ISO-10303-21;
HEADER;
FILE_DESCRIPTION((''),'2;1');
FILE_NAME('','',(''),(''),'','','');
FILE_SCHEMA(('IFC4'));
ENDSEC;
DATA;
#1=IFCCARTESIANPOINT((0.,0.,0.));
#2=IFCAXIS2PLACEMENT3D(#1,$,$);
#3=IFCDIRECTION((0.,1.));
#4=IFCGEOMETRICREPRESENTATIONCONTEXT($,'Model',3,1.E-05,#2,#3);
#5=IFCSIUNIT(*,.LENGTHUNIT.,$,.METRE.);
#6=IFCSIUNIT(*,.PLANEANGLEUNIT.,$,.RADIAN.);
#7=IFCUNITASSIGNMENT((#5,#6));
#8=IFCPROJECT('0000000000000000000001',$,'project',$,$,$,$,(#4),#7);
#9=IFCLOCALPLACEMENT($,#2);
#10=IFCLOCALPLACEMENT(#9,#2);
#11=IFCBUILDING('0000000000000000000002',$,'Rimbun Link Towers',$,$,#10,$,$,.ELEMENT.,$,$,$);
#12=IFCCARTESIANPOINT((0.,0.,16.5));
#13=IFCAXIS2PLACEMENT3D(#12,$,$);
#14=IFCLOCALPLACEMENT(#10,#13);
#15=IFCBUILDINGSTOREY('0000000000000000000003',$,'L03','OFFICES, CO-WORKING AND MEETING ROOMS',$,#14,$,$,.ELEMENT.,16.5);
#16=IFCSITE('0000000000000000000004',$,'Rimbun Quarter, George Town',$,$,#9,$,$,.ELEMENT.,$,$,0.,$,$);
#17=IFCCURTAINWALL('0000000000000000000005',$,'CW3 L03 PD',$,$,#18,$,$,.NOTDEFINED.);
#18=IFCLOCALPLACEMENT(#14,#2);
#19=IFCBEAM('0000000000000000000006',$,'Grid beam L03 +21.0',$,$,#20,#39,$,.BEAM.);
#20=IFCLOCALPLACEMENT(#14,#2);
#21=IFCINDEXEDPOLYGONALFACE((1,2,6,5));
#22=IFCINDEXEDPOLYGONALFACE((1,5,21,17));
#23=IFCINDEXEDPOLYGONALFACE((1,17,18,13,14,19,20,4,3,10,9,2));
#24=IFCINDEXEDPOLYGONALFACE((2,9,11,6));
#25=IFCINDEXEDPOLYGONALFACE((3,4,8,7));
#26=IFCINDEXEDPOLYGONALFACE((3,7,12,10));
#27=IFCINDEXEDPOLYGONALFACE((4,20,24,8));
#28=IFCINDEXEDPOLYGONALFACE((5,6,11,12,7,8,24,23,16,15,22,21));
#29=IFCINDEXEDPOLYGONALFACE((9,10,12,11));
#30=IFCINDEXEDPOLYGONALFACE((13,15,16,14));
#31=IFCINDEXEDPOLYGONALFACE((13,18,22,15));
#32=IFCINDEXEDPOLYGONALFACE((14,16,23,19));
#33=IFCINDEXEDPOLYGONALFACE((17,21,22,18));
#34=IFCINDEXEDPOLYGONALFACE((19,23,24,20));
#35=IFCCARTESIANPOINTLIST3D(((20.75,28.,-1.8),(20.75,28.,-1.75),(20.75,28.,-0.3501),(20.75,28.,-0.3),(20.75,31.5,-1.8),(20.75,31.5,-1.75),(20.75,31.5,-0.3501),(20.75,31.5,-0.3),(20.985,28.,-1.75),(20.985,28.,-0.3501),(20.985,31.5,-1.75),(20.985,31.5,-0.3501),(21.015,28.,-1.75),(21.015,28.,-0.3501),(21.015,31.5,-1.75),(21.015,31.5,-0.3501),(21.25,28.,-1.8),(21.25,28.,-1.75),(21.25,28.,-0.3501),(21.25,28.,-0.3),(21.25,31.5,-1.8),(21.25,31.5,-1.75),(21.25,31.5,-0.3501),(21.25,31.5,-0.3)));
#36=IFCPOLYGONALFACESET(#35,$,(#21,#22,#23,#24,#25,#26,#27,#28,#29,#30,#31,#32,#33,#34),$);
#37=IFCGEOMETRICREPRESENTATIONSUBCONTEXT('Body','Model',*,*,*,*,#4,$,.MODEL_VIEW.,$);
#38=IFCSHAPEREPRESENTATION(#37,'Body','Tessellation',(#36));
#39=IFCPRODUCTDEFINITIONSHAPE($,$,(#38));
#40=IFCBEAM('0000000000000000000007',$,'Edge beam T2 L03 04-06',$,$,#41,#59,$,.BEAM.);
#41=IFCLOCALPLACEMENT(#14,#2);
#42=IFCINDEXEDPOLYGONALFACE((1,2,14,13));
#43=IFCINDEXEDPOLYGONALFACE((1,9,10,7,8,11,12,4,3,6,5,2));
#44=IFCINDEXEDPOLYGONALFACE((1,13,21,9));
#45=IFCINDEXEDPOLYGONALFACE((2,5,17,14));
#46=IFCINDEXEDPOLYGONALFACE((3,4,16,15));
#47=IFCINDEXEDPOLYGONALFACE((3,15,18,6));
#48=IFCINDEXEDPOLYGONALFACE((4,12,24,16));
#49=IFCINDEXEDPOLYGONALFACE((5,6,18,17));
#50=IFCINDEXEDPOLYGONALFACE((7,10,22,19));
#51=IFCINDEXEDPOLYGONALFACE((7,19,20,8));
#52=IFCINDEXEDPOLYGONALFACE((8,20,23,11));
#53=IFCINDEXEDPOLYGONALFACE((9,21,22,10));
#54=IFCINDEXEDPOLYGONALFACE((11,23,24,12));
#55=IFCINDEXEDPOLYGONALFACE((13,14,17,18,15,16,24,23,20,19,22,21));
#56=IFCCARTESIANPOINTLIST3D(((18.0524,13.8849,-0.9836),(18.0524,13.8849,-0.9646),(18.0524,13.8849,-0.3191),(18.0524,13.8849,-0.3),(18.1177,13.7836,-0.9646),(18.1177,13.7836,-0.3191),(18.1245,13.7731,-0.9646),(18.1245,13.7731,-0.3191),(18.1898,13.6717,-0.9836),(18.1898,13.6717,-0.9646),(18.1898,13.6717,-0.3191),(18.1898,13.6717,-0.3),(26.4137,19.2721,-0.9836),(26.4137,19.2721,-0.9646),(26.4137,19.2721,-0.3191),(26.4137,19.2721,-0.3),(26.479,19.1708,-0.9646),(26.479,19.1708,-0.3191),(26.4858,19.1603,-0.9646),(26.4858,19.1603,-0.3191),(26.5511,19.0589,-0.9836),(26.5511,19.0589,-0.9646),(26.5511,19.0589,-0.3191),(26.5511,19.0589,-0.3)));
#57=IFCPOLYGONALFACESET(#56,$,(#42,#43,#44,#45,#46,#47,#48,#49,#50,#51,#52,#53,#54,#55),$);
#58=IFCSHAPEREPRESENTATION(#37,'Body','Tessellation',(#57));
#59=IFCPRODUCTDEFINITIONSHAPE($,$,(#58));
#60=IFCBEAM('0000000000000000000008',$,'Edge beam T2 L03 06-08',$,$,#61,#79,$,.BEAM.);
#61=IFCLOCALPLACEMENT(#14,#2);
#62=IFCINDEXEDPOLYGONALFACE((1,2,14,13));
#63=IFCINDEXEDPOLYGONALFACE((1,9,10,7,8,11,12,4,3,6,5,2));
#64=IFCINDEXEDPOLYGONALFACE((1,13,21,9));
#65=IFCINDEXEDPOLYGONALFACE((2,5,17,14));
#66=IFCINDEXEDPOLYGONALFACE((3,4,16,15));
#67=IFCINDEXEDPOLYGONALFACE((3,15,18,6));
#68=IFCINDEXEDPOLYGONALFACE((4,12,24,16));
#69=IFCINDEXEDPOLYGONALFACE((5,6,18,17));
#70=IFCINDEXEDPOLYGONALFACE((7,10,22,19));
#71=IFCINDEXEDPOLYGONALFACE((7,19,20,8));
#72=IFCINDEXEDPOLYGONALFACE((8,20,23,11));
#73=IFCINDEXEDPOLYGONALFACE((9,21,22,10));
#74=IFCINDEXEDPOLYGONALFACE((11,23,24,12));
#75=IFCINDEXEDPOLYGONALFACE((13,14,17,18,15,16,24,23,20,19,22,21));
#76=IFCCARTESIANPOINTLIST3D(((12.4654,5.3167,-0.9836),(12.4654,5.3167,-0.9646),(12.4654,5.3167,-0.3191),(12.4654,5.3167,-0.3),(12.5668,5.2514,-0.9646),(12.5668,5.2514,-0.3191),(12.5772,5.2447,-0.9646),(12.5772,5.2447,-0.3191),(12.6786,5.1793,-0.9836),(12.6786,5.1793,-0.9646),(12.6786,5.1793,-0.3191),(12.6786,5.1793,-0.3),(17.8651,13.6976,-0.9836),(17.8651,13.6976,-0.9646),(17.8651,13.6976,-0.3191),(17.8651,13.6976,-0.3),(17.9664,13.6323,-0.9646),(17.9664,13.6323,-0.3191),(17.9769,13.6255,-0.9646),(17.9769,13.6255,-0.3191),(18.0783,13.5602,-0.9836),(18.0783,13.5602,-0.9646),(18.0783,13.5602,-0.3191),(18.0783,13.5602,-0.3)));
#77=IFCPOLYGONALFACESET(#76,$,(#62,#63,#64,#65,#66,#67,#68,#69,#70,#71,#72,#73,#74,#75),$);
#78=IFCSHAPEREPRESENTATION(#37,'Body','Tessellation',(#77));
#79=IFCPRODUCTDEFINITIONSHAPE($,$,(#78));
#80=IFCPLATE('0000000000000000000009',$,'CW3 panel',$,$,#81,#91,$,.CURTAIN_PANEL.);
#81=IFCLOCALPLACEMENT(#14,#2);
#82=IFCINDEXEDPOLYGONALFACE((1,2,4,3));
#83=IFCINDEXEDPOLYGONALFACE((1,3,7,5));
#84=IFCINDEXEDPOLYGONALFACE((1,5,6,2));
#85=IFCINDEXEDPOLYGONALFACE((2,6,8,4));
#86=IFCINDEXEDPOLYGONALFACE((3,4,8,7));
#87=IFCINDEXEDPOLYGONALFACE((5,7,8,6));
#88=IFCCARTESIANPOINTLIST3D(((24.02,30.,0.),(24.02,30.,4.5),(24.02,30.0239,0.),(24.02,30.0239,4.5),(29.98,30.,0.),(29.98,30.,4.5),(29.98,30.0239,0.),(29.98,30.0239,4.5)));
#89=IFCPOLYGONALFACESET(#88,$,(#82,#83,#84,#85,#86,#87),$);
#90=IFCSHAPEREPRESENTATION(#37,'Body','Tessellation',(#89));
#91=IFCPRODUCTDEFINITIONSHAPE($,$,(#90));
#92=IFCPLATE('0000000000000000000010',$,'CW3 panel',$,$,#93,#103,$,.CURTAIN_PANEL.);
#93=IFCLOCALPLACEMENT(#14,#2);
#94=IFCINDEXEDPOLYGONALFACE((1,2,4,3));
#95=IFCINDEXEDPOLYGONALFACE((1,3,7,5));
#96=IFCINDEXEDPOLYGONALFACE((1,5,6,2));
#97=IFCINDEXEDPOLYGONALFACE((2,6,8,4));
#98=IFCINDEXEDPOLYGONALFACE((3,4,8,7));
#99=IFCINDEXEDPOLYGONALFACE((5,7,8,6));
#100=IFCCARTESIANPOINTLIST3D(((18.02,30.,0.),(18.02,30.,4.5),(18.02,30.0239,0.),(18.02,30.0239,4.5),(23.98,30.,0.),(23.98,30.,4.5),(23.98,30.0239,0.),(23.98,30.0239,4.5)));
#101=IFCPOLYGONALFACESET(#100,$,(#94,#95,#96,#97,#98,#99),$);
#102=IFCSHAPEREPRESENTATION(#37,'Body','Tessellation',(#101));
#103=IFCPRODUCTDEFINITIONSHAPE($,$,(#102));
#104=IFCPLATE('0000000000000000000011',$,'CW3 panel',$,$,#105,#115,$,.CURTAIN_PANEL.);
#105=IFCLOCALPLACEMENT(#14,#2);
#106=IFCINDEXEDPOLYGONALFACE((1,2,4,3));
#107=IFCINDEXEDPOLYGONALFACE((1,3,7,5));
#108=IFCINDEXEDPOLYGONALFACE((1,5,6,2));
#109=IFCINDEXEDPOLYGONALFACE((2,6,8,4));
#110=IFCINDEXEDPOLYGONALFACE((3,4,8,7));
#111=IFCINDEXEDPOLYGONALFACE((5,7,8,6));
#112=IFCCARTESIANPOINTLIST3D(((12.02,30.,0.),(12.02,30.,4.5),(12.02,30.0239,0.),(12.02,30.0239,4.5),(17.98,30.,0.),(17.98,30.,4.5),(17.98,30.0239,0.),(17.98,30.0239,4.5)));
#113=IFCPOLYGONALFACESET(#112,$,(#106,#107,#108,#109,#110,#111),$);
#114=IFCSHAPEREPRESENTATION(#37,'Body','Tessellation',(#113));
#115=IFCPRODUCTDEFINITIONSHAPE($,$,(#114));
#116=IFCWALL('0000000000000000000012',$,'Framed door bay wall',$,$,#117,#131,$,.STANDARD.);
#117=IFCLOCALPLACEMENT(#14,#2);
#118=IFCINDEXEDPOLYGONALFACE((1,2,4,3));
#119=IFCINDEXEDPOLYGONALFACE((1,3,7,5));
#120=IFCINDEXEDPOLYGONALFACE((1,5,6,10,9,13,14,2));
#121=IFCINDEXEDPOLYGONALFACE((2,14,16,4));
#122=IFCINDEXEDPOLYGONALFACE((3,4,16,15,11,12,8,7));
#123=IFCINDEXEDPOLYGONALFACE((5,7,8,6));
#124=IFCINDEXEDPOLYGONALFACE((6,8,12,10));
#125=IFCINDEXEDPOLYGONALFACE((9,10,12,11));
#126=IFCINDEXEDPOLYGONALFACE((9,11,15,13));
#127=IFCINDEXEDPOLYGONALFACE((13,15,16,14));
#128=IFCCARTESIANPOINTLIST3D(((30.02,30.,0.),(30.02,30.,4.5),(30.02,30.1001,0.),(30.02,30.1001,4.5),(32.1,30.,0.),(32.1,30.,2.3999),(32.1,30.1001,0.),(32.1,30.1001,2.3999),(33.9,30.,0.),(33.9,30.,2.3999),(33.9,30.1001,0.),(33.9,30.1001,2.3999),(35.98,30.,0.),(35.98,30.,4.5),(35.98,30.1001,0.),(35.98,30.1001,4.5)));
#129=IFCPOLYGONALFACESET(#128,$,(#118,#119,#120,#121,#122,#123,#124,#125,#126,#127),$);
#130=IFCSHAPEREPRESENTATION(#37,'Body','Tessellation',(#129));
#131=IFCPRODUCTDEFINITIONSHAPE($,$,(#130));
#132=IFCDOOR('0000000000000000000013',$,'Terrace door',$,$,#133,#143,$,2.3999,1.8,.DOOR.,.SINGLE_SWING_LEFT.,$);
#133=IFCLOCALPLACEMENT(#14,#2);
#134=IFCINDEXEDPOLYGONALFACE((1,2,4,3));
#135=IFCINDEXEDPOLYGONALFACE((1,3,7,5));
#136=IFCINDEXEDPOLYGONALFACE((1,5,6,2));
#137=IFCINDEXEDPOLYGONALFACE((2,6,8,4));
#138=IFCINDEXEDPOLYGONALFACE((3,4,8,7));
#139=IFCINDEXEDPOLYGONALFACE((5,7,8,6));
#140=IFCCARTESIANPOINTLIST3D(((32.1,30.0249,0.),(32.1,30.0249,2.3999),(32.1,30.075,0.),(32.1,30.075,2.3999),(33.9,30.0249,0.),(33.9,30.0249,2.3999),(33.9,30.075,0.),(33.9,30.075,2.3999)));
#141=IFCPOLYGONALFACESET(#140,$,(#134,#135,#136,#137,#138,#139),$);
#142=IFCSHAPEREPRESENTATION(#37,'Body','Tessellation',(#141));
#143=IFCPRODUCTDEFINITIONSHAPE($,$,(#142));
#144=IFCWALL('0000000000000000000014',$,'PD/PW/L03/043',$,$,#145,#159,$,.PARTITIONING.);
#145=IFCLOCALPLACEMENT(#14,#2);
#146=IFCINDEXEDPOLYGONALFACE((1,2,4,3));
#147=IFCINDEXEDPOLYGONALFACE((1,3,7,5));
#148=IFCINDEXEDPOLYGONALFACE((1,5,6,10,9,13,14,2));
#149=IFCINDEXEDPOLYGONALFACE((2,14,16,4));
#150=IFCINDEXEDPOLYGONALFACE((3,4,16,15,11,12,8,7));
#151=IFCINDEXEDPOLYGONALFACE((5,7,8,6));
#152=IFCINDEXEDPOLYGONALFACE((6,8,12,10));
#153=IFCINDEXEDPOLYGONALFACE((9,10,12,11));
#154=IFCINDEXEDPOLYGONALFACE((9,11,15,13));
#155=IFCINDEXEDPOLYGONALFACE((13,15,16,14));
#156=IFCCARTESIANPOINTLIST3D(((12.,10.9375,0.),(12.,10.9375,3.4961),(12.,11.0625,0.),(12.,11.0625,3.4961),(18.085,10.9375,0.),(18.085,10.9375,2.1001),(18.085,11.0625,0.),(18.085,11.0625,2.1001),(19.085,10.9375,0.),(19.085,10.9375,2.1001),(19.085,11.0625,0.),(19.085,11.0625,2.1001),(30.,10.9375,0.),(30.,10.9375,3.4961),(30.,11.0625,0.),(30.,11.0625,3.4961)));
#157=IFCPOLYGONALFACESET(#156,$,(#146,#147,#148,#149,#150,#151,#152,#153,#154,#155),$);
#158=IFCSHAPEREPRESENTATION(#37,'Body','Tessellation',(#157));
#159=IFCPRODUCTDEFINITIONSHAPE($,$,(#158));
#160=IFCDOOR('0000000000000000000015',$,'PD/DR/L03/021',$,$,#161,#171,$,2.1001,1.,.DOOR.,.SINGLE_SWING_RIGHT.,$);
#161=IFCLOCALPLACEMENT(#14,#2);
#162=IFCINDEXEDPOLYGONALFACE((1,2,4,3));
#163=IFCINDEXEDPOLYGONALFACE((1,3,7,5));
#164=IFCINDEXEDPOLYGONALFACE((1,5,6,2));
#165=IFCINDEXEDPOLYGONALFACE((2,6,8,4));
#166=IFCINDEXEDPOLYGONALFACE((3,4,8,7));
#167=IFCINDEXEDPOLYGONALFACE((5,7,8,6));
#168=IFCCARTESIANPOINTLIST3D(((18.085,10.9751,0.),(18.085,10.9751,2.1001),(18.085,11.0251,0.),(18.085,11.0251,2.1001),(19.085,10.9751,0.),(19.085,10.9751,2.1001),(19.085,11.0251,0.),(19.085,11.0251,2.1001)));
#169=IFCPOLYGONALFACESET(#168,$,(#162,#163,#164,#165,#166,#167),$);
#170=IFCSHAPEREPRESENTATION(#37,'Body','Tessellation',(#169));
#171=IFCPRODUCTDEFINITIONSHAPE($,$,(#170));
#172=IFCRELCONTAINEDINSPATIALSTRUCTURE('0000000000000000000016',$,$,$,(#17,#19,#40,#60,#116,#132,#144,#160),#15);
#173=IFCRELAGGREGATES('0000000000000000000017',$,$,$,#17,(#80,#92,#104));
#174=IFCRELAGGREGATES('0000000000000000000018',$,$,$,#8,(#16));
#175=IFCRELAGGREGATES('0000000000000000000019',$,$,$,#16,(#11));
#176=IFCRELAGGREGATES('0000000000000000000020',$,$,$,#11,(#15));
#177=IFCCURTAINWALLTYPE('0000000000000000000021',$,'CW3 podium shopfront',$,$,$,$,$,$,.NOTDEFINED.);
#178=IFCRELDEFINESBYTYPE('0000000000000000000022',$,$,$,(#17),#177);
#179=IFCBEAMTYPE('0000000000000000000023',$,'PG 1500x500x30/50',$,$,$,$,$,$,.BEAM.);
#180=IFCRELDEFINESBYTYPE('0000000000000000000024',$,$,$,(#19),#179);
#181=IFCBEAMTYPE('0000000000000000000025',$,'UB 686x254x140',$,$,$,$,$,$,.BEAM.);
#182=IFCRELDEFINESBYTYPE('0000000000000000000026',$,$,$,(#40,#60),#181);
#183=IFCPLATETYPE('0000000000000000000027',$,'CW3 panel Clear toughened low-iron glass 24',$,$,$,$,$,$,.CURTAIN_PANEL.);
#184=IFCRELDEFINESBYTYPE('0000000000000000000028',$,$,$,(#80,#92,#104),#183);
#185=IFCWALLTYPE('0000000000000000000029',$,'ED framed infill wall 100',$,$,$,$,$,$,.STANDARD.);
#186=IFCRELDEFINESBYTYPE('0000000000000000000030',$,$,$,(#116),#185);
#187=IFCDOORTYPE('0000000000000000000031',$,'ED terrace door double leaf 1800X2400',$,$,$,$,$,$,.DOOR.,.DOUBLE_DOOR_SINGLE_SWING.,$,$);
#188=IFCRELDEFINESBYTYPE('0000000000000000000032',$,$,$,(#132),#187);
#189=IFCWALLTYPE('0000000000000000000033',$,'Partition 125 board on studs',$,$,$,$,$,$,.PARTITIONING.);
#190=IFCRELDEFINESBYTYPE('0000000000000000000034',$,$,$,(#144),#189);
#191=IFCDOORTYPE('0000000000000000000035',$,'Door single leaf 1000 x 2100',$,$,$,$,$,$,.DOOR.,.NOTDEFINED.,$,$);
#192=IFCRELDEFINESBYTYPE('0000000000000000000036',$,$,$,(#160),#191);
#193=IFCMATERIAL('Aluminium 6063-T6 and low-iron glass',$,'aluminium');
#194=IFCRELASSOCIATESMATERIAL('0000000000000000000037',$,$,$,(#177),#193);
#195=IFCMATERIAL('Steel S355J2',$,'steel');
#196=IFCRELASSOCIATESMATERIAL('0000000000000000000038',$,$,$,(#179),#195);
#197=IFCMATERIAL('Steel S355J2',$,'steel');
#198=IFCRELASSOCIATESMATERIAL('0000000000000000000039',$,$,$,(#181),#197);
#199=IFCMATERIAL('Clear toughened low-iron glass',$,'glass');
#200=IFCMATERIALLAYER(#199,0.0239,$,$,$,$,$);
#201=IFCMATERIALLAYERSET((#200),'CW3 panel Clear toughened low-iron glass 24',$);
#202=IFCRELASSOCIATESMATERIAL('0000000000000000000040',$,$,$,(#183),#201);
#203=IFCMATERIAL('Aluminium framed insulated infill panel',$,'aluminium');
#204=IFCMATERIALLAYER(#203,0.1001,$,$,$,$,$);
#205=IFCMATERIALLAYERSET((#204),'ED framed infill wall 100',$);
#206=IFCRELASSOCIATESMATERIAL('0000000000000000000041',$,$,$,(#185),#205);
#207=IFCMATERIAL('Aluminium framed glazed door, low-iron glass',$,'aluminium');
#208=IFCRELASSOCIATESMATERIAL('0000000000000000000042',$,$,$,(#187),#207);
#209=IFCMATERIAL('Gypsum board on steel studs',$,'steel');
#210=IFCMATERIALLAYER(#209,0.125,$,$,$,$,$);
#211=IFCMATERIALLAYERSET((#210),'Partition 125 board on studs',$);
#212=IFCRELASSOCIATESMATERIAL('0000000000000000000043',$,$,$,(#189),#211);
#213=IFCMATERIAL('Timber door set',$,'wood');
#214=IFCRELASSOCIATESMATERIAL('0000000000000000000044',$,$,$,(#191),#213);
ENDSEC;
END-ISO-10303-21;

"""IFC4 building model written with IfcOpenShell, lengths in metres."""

from ifc_helpers import new_model, si_unit, direction, frame, frame_2d, origin, origin_2d, place, context, subcontext, project, spatial, rectangle, i_section, extrude, material, layer, layer_set, material_profile, profile_set, type_object, element, fill, aggregate, save


model = new_model("IFC4")

# Units and contexts
model_context = context("Model", 3, precision=1e-05, world=origin(), true_north=direction((0.0, 1.0)))
body_context = subcontext(model_context, "Body", "Model", "MODEL_VIEW")
ifc_project = project(units=[si_unit("LENGTHUNIT", "METRE"), si_unit("PLANEANGLEUNIT", "RADIAN")], contexts=[model_context])

# Site, building, storey
site_placement = place(None, origin())
site = spatial("IfcSite", under=ifc_project, at=site_placement, Name="Rimbun Quarter, George Town", CompositionType="ELEMENT", RefElevation=0.0)
building_placement = place(site_placement, origin())
building = spatial("IfcBuilding", under=site, at=building_placement, Name="Rimbun Link Towers", CompositionType="ELEMENT")
storey_placement = place(building_placement, frame((0.0, 0.0, 16.5)))
storey = spatial("IfcBuildingStorey", under=building, at=storey_placement, Name="L03", Description="OFFICES, CO-WORKING AND MEETING ROOMS", CompositionType="ELEMENT", Elevation=16.5)

# Curtain wall
ifc_material_1 = material(Name="Aluminium 6063-T6 and low-iron glass", Category="aluminium")
curtain_wall_type = type_object("IfcCurtainWallType", Name="CW3 podium shopfront", PredefinedType="NOTDEFINED", material=ifc_material_1)
curtain_wall_placement = place(storey_placement, origin())
curtain_wall = element("IfcCurtainWall", 1, at=curtain_wall_placement, inside=storey, type_object=curtain_wall_type, Name="CW3 L03 PD", PredefinedType="NOTDEFINED")

# Beams
ifc_material_2 = material(Name="Steel S355J2", Category="steel")
ifc_material_profile_1 = material_profile(ifc_material_2, i_section(OverallWidth=0.5, OverallDepth=1.5, WebThickness=0.03, FlangeThickness=0.05, at=origin_2d()), Name="PG 1500x500x30/50")
ifc_profile_set_1 = profile_set([ifc_material_profile_1], Name="Steel S355J2")
beam_type_1 = type_object("IfcBeamType", Name="PG 1500x500x30/50", PredefinedType="BEAM", material=ifc_profile_set_1)
beam_1_placement = place(storey_placement, frame((21.0, 28.0, -1.05), z_axis=(0.0, 1.0, 0.0), x_axis=(-1.0, 0.0, 0.0)))
element("IfcBeam", 2, at=beam_1_placement, inside=storey, type_object=beam_type_1, Name="Grid beam L03 +21.0", PredefinedType="BEAM", context=body_context, shape_type="SweptSolid", body=[
    extrude(i_section(OverallWidth=0.5, OverallDepth=1.5, WebThickness=0.03, FlangeThickness=0.05, at=origin_2d()), origin(), (0.0, 0.0, 1.0), 3.5),
])
ifc_material_3 = material(Name="Steel S355J2", Category="steel")
ifc_material_profile_2 = material_profile(ifc_material_3, i_section(OverallWidth=0.2537, OverallDepth=0.6836, WebThickness=0.0125, FlangeThickness=0.019, at=origin_2d()), Name="UB 686x254x140")
ifc_profile_set_2 = profile_set([ifc_material_profile_2], Name="Steel S355J2")
beam_type_2 = type_object("IfcBeamType", Name="UB 686x254x140", PredefinedType="BEAM", material=ifc_profile_set_2)
beam_2_placement = place(storey_placement, frame((26.4824, 19.1655, -0.6418), z_axis=(-0.840626, -0.541616, 0.0), x_axis=(0.541616, -0.840626, 0.0)))
element("IfcBeam", 3, at=beam_2_placement, inside=storey, type_object=beam_type_2, Name="Edge beam T2 L03 04-06", PredefinedType="BEAM", context=body_context, shape_type="SweptSolid", body=[
    extrude(i_section(OverallWidth=0.2537, OverallDepth=0.6836, WebThickness=0.0125, FlangeThickness=0.019, at=origin_2d()), origin(), (0.0, 0.0, 1.0), 9.9465),
])
beam_3_placement = place(storey_placement, frame((17.9717, 13.6289, -0.6418), z_axis=(-0.541606, -0.840632, 0.0), x_axis=(0.840632, -0.541606, 0.0)))
element("IfcBeam", 4, at=beam_3_placement, inside=storey, type_object=beam_type_2, Name="Edge beam T2 L03 06-08", PredefinedType="BEAM", context=body_context, shape_type="SweptSolid", body=[
    extrude(i_section(OverallWidth=0.2537, OverallDepth=0.6836, WebThickness=0.0125, FlangeThickness=0.019, at=origin_2d()), origin(), (0.0, 0.0, 1.0), 9.9697),
])

# Plates
ifc_material_4 = material(Name="Clear toughened low-iron glass", Category="glass")
ifc_layer_1 = layer(ifc_material_4, 0.0239)
ifc_layer_set_1 = layer_set([ifc_layer_1], Name="CW3 panel Clear toughened low-iron glass 24")
plate_type = type_object("IfcPlateType", Name="CW3 panel Clear toughened low-iron glass 24", PredefinedType="CURTAIN_PANEL", material=ifc_layer_set_1)
plate_1_placement = place(storey_placement, frame((27.0, 30.012, 0.0), z_axis=(0.0, 0.0, 1.0), x_axis=(1.0, 0.0, 0.0)))
plate_1 = element("IfcPlate", 5, at=plate_1_placement, type_object=plate_type, Name="CW3 panel", PredefinedType="CURTAIN_PANEL", context=body_context, shape_type="SweptSolid", body=[
    extrude(rectangle(XDim=5.96, YDim=0.0239, at=origin_2d()), origin(), (0.0, 0.0, 1.0), 4.5),
])
plate_2_placement = place(storey_placement, frame((21.0, 30.012, 0.0), z_axis=(0.0, 0.0, 1.0), x_axis=(1.0, 0.0, 0.0)))
plate_2 = element("IfcPlate", 6, at=plate_2_placement, type_object=plate_type, Name="CW3 panel", PredefinedType="CURTAIN_PANEL", context=body_context, shape_type="SweptSolid", body=[
    extrude(rectangle(XDim=5.96, YDim=0.0239, at=origin_2d()), origin(), (0.0, 0.0, 1.0), 4.5),
])
plate_3_placement = place(storey_placement, frame((15.0, 30.012, 0.0), z_axis=(0.0, 0.0, 1.0), x_axis=(1.0, 0.0, 0.0)))
plate_3 = element("IfcPlate", 7, at=plate_3_placement, type_object=plate_type, Name="CW3 panel", PredefinedType="CURTAIN_PANEL", context=body_context, shape_type="SweptSolid", body=[
    extrude(rectangle(XDim=5.96, YDim=0.0239, at=origin_2d()), origin(), (0.0, 0.0, 1.0), 4.5),
])
aggregate(curtain_wall, [plate_1, plate_2, plate_3])

# Walls, openings, doors
ifc_material_5 = material(Name="Aluminium framed insulated infill panel", Category="aluminium")
ifc_layer_2 = layer(ifc_material_5, 0.1001)
ifc_layer_set_2 = layer_set([ifc_layer_2], Name="ED framed infill wall 100")
wall_type_1 = type_object("IfcWallType", Name="ED framed infill wall 100", PredefinedType="STANDARD", material=ifc_layer_set_2)
wall_1_placement = place(storey_placement, frame((30.02, 30.05, 0.0), z_axis=(0.0, 0.0, 1.0), x_axis=(1.0, 0.0, 0.0)))
wall_1 = element("IfcWall", 8, at=wall_1_placement, inside=storey, type_object=wall_type_1, Name="Framed door bay wall", PredefinedType="STANDARD", context=body_context, shape_type="SweptSolid", body=[
    extrude(rectangle(XDim=5.96, YDim=0.1001, at=frame_2d((2.98, 0.0))), origin(), (0.0, 0.0, 1.0), 4.5),
])
opening_1_placement = place(wall_1_placement, frame((2.0801, 0.0, 0.0)))
opening_1 = element("IfcOpeningElement", 9, at=opening_1_placement, cuts=wall_1, PredefinedType="OPENING", context=body_context, shape_type="SweptSolid", body=[
    extrude(rectangle(XDim=1.8, YDim=2.3999, at=frame_2d((0.8999, 1.2))), frame((0.0, 0.0601, 0.0), z_axis=(0.0, -1.0, 0.0), x_axis=(1.0, 0.0, 0.0)), (0.0, 0.0, 1.0), 0.1201),
])
ifc_material_6 = material(Name="Aluminium framed glazed door, low-iron glass", Category="aluminium")
door_type_1 = type_object("IfcDoorType", Name="ED terrace door double leaf 1800X2400", OperationType="DOUBLE_DOOR_SINGLE_SWING", PredefinedType="DOOR", material=ifc_material_6)
door_1_placement = place(opening_1_placement, origin())
door_1 = element("IfcDoor", 10, at=door_1_placement, inside=storey, type_object=door_type_1, Name="Terrace door", OperationType="SINGLE_SWING_LEFT", OverallHeight=2.3999, OverallWidth=1.8, PredefinedType="DOOR", context=body_context, shape_type="SweptSolid", body=[
    extrude(rectangle(XDim=1.8, YDim=2.3999, at=frame_2d((0.8999, 1.2))), frame((0.0, 0.0249, 0.0), z_axis=(0.0, -1.0, 0.0), x_axis=(1.0, 0.0, 0.0)), (0.0, 0.0, 1.0), 0.05),
])
fill(opening_1, door_1)
ifc_material_7 = material(Name="Gypsum board on steel studs", Category="steel")
ifc_layer_3 = layer(ifc_material_7, 0.125)
ifc_layer_set_3 = layer_set([ifc_layer_3], Name="Partition 125 board on studs")
wall_type_2 = type_object("IfcWallType", Name="Partition 125 board on studs", PredefinedType="PARTITIONING", material=ifc_layer_set_3)
wall_2_placement = place(storey_placement, frame((30.0, 11.0, 0.0), z_axis=(0.0, 0.0, 1.0), x_axis=(-1.0, 0.0, 0.0)))
wall_2 = element("IfcWall", 11, at=wall_2_placement, inside=storey, type_object=wall_type_2, Name="PD/PW/L03/043", PredefinedType="PARTITIONING", context=body_context, shape_type="SweptSolid", body=[
    extrude(rectangle(XDim=18.0, YDim=0.125, at=frame_2d((9.0, 0.0))), origin(), (0.0, 0.0, 1.0), 3.4961),
])
opening_2_placement = place(wall_2_placement, frame((10.915, 0.0, 0.0)))
opening_2 = element("IfcOpeningElement", 12, at=opening_2_placement, cuts=wall_2, PredefinedType="OPENING", context=body_context, shape_type="SweptSolid", body=[
    extrude(rectangle(XDim=1.0, YDim=2.1001, at=frame_2d((0.5, 1.05))), frame((0.0, 0.0725, 0.0), z_axis=(0.0, -1.0, 0.0), x_axis=(1.0, 0.0, 0.0)), (0.0, 0.0, 1.0), 0.145),
])
ifc_material_8 = material(Name="Timber door set", Category="wood")
door_type_2 = type_object("IfcDoorType", Name="Door single leaf 1000 x 2100", OperationType="NOTDEFINED", PredefinedType="DOOR", material=ifc_material_8)
door_2_placement = place(opening_2_placement, origin())
door_2 = element("IfcDoor", 13, at=door_2_placement, inside=storey, type_object=door_type_2, Name="PD/DR/L03/021", OperationType="SINGLE_SWING_RIGHT", OverallHeight=2.1001, OverallWidth=1.0, PredefinedType="DOOR", context=body_context, shape_type="SweptSolid", body=[
    extrude(rectangle(XDim=1.0, YDim=2.1001, at=frame_2d((0.5, 1.05))), frame((0.0, 0.0249, 0.0), z_axis=(0.0, -1.0, 0.0), x_axis=(1.0, 0.0, 0.0)), (0.0, 0.0, 1.0), 0.05),
])
fill(opening_2, door_2)

save(model, "model.ifc")
